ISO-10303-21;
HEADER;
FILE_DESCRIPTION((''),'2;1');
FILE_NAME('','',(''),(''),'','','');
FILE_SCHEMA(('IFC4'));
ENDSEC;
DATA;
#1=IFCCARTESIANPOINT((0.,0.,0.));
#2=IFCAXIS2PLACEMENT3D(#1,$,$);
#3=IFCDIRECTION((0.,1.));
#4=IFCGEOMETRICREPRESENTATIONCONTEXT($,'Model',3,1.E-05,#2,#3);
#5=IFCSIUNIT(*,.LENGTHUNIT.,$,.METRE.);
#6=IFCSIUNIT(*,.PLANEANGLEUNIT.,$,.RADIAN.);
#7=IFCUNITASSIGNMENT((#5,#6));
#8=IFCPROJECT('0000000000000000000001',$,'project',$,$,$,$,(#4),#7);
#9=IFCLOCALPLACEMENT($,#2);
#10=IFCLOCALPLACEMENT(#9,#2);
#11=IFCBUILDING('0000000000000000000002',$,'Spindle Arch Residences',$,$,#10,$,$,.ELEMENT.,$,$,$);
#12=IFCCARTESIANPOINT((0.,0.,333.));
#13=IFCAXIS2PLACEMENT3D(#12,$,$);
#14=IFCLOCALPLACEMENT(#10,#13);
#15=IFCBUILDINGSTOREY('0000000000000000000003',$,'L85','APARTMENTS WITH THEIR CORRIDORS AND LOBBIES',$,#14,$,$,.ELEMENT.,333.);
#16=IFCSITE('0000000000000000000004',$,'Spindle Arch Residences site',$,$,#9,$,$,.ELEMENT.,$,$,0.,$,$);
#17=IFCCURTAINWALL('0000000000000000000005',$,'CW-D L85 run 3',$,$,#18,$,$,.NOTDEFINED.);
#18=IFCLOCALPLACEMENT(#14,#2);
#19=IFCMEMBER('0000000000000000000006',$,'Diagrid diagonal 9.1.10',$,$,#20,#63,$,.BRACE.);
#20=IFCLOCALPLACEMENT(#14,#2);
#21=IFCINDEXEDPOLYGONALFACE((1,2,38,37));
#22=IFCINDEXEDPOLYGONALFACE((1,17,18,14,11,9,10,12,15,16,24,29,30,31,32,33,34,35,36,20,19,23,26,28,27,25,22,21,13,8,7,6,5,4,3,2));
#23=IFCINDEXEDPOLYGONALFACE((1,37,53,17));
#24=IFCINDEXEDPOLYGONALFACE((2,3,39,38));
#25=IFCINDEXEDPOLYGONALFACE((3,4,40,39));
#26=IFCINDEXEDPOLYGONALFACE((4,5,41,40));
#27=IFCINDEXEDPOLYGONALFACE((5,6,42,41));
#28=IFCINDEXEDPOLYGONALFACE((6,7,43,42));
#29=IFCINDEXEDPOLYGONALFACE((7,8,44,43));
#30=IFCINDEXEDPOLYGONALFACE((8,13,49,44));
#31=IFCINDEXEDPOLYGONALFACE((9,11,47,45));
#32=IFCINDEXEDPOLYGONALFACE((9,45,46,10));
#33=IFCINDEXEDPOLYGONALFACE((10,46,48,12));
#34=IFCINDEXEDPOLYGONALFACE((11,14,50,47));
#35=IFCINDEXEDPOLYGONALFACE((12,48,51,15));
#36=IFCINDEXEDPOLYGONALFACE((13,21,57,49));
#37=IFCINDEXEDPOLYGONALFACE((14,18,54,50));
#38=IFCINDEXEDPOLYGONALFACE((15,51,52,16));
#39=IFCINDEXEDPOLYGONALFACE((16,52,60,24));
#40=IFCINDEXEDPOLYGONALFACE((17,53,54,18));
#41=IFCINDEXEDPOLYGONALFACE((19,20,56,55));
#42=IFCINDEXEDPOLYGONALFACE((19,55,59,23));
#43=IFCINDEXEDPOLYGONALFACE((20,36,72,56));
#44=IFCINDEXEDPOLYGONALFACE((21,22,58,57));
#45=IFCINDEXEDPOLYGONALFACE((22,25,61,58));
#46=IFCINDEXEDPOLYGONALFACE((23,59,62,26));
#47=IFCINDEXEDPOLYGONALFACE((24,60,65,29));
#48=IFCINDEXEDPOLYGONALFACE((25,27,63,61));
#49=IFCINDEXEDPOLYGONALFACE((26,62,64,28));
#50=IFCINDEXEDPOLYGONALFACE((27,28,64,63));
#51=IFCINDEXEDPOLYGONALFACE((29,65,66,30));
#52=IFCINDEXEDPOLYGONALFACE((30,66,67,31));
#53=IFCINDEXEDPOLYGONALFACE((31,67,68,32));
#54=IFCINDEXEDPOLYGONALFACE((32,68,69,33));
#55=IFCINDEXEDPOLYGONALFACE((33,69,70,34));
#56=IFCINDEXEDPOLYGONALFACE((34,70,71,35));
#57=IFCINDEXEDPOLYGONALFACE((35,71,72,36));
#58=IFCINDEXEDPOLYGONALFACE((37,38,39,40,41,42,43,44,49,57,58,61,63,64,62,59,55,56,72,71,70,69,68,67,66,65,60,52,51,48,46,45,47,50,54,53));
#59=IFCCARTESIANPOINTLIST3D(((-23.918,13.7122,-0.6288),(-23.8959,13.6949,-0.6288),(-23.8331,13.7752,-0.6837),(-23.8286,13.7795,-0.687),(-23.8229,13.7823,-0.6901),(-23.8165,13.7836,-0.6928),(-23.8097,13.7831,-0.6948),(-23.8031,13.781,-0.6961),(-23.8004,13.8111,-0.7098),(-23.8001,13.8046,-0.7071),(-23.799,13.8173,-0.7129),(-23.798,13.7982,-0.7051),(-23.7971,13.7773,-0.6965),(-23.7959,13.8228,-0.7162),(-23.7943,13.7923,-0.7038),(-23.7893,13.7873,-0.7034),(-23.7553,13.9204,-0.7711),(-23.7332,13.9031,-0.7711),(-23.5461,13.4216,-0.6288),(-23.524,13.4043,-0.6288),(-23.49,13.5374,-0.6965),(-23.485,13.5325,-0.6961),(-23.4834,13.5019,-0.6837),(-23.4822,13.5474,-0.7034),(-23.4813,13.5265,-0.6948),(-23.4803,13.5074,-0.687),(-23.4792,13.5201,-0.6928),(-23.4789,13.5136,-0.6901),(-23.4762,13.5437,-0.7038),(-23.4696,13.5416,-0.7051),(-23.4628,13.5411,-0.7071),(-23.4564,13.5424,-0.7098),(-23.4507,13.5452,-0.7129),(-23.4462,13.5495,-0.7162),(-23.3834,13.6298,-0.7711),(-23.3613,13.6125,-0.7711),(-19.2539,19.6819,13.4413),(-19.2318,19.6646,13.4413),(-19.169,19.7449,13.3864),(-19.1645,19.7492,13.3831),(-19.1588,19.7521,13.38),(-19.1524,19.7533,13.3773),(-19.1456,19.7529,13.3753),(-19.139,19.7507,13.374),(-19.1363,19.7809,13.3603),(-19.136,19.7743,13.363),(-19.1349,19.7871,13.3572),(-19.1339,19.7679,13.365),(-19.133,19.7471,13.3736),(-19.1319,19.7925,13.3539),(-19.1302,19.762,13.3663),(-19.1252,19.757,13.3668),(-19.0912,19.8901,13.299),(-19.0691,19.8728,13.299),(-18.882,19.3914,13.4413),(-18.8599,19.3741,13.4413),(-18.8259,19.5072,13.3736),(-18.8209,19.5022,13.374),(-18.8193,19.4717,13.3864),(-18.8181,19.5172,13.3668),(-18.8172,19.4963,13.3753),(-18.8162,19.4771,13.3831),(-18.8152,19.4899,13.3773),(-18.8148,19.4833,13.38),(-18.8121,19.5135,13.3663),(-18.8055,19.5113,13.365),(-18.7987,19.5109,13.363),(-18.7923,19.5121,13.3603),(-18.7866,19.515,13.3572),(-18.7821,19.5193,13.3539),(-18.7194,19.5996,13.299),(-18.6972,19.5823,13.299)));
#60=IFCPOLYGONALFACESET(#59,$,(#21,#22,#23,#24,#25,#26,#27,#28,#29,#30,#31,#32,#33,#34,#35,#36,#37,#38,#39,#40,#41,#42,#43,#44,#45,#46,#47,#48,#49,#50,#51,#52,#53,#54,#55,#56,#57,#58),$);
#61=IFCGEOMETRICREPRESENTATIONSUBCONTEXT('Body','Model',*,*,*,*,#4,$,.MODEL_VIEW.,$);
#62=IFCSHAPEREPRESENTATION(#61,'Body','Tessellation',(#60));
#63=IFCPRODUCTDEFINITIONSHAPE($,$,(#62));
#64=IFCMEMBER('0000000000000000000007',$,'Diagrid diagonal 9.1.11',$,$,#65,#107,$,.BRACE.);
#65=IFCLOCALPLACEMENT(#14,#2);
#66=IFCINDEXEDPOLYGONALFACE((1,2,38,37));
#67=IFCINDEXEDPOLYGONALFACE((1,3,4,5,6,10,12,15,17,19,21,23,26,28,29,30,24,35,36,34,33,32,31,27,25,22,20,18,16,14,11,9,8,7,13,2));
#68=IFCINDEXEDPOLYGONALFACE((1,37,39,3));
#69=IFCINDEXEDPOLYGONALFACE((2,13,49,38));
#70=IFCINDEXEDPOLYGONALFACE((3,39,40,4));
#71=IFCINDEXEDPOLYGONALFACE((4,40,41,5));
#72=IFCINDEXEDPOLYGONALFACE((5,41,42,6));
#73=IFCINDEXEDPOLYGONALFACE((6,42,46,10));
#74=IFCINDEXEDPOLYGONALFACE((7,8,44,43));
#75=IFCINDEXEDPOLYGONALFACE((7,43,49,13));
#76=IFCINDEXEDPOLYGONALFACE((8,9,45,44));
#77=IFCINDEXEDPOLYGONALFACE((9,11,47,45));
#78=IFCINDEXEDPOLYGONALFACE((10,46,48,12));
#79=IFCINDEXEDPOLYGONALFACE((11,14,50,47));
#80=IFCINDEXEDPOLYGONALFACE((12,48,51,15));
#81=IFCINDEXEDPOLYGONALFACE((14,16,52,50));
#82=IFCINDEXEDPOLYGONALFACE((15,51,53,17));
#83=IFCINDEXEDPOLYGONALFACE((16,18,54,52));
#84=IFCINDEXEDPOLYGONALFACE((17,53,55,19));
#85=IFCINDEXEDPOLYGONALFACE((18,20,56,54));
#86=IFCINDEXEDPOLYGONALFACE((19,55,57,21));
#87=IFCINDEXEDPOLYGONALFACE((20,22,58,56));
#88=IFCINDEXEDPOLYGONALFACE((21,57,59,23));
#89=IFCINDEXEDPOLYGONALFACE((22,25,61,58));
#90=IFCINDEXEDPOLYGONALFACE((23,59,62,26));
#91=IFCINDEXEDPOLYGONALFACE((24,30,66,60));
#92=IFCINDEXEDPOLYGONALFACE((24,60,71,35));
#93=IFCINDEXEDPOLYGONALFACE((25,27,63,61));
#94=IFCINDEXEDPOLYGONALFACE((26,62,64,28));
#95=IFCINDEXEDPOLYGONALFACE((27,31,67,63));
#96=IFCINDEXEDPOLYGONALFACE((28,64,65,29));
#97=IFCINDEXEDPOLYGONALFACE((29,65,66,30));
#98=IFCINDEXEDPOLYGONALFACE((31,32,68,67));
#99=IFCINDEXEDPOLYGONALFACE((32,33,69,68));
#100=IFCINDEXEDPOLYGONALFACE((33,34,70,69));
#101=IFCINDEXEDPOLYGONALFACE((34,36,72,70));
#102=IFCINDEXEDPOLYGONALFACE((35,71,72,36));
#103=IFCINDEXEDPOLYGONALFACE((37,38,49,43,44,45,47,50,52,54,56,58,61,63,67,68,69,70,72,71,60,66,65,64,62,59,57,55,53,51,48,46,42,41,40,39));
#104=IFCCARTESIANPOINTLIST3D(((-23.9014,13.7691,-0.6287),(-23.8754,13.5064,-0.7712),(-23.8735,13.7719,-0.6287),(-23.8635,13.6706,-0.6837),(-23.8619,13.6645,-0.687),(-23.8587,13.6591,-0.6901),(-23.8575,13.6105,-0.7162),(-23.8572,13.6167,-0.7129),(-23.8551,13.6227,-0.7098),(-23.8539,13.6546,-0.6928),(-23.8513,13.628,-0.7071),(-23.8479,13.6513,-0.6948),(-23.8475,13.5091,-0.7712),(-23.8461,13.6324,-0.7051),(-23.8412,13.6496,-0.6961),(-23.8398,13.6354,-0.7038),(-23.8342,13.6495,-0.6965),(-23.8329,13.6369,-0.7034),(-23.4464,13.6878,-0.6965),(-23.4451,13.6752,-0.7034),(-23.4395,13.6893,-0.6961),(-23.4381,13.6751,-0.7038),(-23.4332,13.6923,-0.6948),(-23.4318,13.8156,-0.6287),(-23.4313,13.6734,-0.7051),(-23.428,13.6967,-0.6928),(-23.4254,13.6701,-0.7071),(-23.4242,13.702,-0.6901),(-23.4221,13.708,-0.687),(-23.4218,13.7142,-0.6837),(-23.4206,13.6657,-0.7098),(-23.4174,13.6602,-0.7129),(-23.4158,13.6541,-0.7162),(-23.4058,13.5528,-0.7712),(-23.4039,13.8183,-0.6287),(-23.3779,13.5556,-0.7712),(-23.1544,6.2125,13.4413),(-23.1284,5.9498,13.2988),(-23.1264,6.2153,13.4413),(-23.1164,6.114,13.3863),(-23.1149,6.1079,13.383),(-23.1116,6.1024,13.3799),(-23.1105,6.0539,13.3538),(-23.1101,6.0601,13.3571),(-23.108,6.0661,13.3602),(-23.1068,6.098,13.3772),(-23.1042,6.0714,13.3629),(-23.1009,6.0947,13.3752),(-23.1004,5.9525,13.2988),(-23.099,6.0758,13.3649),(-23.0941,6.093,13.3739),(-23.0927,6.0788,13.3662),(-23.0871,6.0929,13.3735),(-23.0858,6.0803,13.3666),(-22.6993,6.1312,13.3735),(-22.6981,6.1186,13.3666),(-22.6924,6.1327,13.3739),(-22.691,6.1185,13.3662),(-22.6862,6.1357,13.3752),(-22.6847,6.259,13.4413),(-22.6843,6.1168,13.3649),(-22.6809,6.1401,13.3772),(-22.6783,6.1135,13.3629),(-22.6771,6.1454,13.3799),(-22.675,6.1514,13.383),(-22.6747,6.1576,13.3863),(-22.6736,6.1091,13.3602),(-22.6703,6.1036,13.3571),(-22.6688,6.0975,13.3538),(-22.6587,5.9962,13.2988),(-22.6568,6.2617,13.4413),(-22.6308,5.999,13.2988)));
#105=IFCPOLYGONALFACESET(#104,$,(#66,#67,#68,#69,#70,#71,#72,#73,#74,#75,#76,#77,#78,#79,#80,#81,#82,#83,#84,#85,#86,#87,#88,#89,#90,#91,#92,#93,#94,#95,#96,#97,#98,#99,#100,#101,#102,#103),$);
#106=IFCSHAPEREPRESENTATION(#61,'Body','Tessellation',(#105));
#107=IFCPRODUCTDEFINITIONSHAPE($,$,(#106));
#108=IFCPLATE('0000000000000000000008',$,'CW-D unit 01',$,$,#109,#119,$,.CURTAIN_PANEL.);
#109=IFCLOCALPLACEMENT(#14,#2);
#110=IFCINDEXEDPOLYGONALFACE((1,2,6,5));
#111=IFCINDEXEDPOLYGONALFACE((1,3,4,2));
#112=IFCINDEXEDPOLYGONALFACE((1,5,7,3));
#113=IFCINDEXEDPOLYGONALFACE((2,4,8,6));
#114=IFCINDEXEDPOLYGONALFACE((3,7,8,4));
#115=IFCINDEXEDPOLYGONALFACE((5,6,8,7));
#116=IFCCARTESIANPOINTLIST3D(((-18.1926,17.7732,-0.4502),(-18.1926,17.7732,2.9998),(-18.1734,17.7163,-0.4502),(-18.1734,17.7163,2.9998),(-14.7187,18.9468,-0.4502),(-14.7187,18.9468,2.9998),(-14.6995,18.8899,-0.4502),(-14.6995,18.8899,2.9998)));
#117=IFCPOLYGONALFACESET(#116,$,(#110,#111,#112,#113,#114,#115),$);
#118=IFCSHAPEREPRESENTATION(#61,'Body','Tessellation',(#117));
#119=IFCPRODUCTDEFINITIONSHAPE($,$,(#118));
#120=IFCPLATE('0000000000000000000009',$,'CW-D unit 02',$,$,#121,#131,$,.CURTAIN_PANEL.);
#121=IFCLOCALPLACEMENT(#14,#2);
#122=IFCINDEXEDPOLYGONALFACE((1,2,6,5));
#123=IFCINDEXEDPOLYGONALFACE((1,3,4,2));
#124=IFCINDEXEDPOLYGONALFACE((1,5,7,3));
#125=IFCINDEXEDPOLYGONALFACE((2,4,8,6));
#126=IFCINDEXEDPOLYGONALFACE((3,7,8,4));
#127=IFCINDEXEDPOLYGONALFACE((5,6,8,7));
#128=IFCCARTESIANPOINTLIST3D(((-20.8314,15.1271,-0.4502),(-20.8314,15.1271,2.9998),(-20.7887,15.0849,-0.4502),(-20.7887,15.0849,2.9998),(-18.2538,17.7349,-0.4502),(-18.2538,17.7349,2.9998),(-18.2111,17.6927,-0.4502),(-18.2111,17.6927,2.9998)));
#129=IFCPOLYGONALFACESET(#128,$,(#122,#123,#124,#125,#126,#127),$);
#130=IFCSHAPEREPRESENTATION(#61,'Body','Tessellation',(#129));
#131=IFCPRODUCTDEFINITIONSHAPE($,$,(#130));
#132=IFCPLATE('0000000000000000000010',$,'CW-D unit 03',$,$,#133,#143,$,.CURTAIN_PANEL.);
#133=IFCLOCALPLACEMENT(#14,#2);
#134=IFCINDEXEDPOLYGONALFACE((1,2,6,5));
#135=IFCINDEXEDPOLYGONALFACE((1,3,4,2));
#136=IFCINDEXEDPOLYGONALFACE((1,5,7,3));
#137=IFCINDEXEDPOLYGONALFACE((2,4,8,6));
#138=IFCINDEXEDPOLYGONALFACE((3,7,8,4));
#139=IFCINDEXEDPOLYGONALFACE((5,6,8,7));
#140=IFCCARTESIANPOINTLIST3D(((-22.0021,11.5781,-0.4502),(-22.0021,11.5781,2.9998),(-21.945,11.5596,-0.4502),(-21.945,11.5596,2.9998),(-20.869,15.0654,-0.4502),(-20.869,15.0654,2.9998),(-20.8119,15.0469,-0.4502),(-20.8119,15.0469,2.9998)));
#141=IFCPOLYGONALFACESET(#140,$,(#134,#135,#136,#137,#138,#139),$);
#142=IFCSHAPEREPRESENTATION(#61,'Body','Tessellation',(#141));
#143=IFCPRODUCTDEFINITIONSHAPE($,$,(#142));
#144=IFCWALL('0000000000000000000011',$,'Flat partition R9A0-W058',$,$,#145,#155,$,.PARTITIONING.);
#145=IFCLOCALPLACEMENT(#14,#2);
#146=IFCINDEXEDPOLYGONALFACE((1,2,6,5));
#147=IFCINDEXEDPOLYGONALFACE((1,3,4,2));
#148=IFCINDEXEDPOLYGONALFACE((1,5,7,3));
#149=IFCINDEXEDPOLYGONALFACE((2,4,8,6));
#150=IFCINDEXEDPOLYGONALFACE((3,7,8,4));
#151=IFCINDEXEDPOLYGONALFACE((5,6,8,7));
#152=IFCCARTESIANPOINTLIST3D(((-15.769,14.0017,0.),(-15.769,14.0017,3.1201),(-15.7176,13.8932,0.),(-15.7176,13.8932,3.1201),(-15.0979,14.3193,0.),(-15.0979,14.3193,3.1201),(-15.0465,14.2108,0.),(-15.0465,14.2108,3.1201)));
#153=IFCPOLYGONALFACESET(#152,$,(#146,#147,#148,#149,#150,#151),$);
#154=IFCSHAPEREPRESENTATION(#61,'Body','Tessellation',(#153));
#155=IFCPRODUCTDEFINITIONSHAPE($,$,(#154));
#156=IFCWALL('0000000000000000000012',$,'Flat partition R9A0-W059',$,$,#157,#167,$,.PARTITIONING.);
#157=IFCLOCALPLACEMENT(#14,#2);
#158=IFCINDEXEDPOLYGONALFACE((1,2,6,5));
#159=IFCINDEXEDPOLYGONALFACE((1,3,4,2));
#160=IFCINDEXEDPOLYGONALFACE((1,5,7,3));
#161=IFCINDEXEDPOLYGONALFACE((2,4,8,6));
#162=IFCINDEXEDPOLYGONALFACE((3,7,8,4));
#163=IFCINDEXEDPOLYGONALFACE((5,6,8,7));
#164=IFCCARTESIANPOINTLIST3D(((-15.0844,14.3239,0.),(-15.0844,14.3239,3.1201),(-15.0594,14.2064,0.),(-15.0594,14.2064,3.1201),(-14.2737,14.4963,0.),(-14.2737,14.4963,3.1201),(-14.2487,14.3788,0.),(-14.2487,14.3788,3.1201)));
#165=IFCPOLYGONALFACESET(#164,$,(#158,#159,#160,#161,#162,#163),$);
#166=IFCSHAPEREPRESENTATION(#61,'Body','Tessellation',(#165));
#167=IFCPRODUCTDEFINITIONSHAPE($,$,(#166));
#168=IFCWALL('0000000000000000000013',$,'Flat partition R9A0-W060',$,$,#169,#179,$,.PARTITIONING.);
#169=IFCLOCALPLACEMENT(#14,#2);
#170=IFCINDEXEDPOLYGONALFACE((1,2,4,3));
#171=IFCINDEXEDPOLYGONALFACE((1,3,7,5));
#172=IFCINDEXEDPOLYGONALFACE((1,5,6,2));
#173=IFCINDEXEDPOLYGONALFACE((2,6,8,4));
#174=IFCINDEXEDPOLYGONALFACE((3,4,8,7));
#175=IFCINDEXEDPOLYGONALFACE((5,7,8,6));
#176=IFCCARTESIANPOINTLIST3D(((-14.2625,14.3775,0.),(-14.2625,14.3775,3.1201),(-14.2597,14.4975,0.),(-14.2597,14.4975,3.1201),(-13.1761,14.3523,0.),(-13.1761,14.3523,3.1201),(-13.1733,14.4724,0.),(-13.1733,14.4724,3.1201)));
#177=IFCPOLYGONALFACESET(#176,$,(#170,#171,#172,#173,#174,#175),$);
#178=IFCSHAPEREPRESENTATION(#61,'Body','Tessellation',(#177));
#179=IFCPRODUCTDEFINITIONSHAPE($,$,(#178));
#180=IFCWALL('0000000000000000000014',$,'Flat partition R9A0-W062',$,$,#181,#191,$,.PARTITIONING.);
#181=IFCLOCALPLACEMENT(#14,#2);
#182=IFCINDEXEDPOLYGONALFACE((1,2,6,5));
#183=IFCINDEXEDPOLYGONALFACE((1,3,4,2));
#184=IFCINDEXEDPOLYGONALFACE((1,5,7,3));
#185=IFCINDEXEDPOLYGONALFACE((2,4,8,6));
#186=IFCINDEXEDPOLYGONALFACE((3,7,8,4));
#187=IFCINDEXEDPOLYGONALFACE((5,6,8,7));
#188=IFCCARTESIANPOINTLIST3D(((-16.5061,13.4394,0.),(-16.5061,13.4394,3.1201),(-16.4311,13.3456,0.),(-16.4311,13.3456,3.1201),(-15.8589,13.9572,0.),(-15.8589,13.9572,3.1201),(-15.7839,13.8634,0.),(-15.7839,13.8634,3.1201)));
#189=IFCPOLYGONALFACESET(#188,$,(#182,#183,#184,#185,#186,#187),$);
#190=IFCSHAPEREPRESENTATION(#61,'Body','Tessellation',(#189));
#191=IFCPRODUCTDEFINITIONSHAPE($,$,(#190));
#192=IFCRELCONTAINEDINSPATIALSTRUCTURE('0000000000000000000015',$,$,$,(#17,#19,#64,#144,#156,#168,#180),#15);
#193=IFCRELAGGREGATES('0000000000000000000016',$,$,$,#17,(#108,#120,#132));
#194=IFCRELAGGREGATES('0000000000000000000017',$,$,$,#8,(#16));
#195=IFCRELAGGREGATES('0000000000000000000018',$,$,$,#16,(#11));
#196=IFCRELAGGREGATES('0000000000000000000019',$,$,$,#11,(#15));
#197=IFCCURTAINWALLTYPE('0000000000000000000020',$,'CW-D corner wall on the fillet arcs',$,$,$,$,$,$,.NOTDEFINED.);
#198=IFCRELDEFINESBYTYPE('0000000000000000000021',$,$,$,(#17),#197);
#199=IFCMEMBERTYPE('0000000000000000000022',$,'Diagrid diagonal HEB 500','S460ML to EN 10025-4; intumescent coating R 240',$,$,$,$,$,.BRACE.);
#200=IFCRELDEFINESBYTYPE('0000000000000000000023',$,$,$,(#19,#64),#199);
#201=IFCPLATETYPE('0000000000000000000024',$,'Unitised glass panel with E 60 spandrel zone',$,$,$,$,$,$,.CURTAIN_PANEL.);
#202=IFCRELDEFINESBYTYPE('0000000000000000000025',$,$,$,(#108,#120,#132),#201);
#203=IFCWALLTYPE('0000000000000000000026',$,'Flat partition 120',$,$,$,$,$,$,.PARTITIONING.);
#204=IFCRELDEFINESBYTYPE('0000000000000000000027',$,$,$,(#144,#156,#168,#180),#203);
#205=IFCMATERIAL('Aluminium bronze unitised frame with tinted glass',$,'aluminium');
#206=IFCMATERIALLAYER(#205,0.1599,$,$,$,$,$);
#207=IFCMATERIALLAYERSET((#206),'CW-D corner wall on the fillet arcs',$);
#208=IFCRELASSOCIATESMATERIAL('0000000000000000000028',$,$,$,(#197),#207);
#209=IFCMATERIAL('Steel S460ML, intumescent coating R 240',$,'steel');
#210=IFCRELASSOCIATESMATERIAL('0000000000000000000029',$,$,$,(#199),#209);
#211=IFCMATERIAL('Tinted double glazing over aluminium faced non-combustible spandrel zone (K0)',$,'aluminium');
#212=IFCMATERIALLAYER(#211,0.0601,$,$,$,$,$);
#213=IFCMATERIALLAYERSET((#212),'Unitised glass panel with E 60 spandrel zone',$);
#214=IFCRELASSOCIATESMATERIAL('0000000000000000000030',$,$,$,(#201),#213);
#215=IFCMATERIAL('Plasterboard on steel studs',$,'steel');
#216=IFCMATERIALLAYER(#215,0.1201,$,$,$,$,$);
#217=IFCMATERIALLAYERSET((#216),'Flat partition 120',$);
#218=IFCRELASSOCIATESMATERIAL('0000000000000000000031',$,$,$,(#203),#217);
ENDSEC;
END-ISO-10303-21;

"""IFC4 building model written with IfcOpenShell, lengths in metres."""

from ifc_helpers import new_model, si_unit, direction, frame, frame_2d, origin, origin_2d, place, context, subcontext, project, spatial, rectangle, i_section, extrude, material, layer, layer_set, material_profile, profile_set, type_object, element, aggregate, save


model = new_model("IFC4")

# Units and contexts
model_context = context("Model", 3, precision=1e-05, world=origin(), true_north=direction((0.0, 1.0)))
body_context = subcontext(model_context, "Body", "Model", "MODEL_VIEW")
ifc_project = project(units=[si_unit("LENGTHUNIT", "METRE"), si_unit("PLANEANGLEUNIT", "RADIAN")], contexts=[model_context])

# Site, building, storey
site_placement = place(None, origin())
site = spatial("IfcSite", under=ifc_project, at=site_placement, Name="Spindle Arch Residences site", CompositionType="ELEMENT", RefElevation=0.0)
building_placement = place(site_placement, origin())
building = spatial("IfcBuilding", under=site, at=building_placement, Name="Spindle Arch Residences", CompositionType="ELEMENT")
storey_placement = place(building_placement, frame((0.0, 0.0, 333.0)))
storey = spatial("IfcBuildingStorey", under=building, at=storey_placement, Name="L85", Description="APARTMENTS WITH THEIR CORRIDORS AND LOBBIES", CompositionType="ELEMENT", Elevation=333.0)

# Curtain wall
ifc_material_1 = material(Name="Aluminium bronze unitised frame with tinted glass", Category="aluminium")
ifc_layer_1 = layer(ifc_material_1, 0.1599)
ifc_layer_set_1 = layer_set([ifc_layer_1], Name="CW-D corner wall on the fillet arcs")
curtain_wall_type = type_object("IfcCurtainWallType", Name="CW-D corner wall on the fillet arcs", PredefinedType="NOTDEFINED", material=ifc_layer_set_1)
curtain_wall_placement = place(storey_placement, origin())
curtain_wall = element("IfcCurtainWall", 1, at=curtain_wall_placement, inside=storey, type_object=curtain_wall_type, Name="CW-D L85 run 3", PredefinedType="NOTDEFINED")

# Members
ifc_material_2 = material(Name="Steel S460ML, intumescent coating R 240", Category="steel")
ifc_material_profile_1 = material_profile(ifc_material_2, i_section(OverallWidth=0.3, OverallDepth=0.5, WebThickness=0.0144, FlangeThickness=0.0281, FilletRadius=0.0271, at=origin_2d()), Name="HEB 500")
ifc_profile_set_1 = profile_set([ifc_material_profile_1], Name="Steel S460ML, intumescent coating R 240")
member_type_1 = type_object("IfcMemberType", Name="Diagrid diagonal HEB 500", Description="S460ML to EN 10025-4; intumescent coating R 240", PredefinedType="BRACE", material=ifc_profile_set_1)
member_1_placement = place(storey_placement, frame((-23.6396, 13.6624, -0.7), z_axis=(0.29187, 0.373577, 0.880484), x_axis=(-0.54208, -0.693831, 0.474076)))
element("IfcMember", 2, at=member_1_placement, inside=storey, type_object=member_type_1, Name="Diagrid diagonal 9.1.10", PredefinedType="BRACE", context=body_context, shape_type="SweptSolid", body=[
    extrude(i_section(OverallWidth=0.3, OverallDepth=0.5, WebThickness=0.0144, FlangeThickness=0.0281, FilletRadius=0.0271, at=origin_2d()), origin(), (0.0, 0.0, 1.0), 15.98),
])
member_2_placement = place(storey_placement, frame((-23.6396, 13.6624, -0.7), z_axis=(0.046726, -0.472634, 0.880019), x_axis=(-0.086579, 0.87575, 0.474938)))
element("IfcMember", 3, at=member_2_placement, inside=storey, type_object=member_type_1, Name="Diagrid diagonal 9.1.11", PredefinedType="BRACE", context=body_context, shape_type="SweptSolid", body=[
    extrude(i_section(OverallWidth=0.3, OverallDepth=0.5, WebThickness=0.0144, FlangeThickness=0.0281, FilletRadius=0.0271, at=origin_2d()), origin(), (0.0, 0.0, 1.0), 15.9883),
])

# Plates
ifc_material_3 = material(Name="Tinted double glazing over aluminium faced non-combustible spandrel zone (K0)", Category="aluminium")
ifc_layer_2 = layer(ifc_material_3, 0.0601)
ifc_layer_set_2 = layer_set([ifc_layer_2], Name="Unitised glass panel with E 60 spandrel zone")
plate_type = type_object("IfcPlateType", Name="Unitised glass panel with E 60 spandrel zone", PredefinedType="CURTAIN_PANEL", material=ifc_layer_set_2)
plate_1_placement = place(storey_placement, frame((-16.446, 18.3315, -0.4502), z_axis=(0.0, 0.0, 1.0), x_axis=(-0.947397, -0.320062, 0.0)))
plate_1 = element("IfcPlate", 4, at=plate_1_placement, type_object=plate_type, Name="CW-D unit 01", PredefinedType="CURTAIN_PANEL", context=body_context, shape_type="SweptSolid", body=[
    extrude(rectangle(XDim=3.6667, YDim=0.0601, at=origin_2d()), origin(), (0.0, 0.0, 1.0), 3.45),
])
plate_2_placement = place(storey_placement, frame((-19.5212, 16.4099, -0.4502), z_axis=(0.0, 0.0, 1.0), x_axis=(-0.702981, -0.711209, 0.0)))
plate_2 = element("IfcPlate", 5, at=plate_2_placement, type_object=plate_type, Name="CW-D unit 02", PredefinedType="CURTAIN_PANEL", context=body_context, shape_type="SweptSolid", body=[
    extrude(rectangle(XDim=3.6667, YDim=0.0601, at=origin_2d()), origin(), (0.0, 0.0, 1.0), 3.45),
])
plate_3_placement = place(storey_placement, frame((-21.407, 13.3125, -0.4502), z_axis=(0.0, 0.0, 1.0), x_axis=(-0.309017, -0.951057, 0.0)))
plate_3 = element("IfcPlate", 6, at=plate_3_placement, type_object=plate_type, Name="CW-D unit 03", PredefinedType="CURTAIN_PANEL", context=body_context, shape_type="SweptSolid", body=[
    extrude(rectangle(XDim=3.6667, YDim=0.0601, at=origin_2d()), origin(), (0.0, 0.0, 1.0), 3.45),
])
aggregate(curtain_wall, [plate_1, plate_2, plate_3])

# Walls
ifc_material_4 = material(Name="Plasterboard on steel studs", Category="steel")
ifc_layer_3 = layer(ifc_material_4, 0.1201)
ifc_layer_set_3 = layer_set([ifc_layer_3], Name="Flat partition 120")
wall_type_1 = type_object("IfcWallType", Name="Flat partition 120", PredefinedType="PARTITIONING", material=ifc_layer_set_3)
wall_1_placement = place(storey_placement, frame((-15.7432, 13.9475, 0.0), z_axis=(0.0, 0.0, 1.0), x_axis=(0.903885, 0.427775, 0.0)))
element("IfcWall", 7, at=wall_1_placement, inside=storey, type_object=wall_type_1, Name="Flat partition R9A0-W058", PredefinedType="PARTITIONING", context=body_context, shape_type="SweptSolid", body=[
    extrude(rectangle(XDim=0.7424, YDim=0.1201, at=frame_2d((0.3711, 0.0))), origin(), (0.0, 0.0, 1.0), 3.1201),
])
wall_2_placement = place(storey_placement, frame((-15.072, 14.2651, 0.0), z_axis=(0.0, 0.0, 1.0), x_axis=(0.978142, 0.20794, 0.0)))
element("IfcWall", 8, at=wall_2_placement, inside=storey, type_object=wall_type_1, Name="Flat partition R9A0-W059", PredefinedType="PARTITIONING", context=body_context, shape_type="SweptSolid", body=[
    extrude(rectangle(XDim=0.8289, YDim=0.1201, at=frame_2d((0.4146, 0.0))), origin(), (0.0, 0.0, 1.0), 3.1201),
])
wall_3_placement = place(storey_placement, frame((-14.2612, 14.4375, 0.0), z_axis=(0.0, 0.0, 1.0), x_axis=(0.999732, -0.02314, 0.0)))
element("IfcWall", 9, at=wall_3_placement, inside=storey, type_object=wall_type_1, Name="Flat partition R9A0-W060", PredefinedType="PARTITIONING", context=body_context, shape_type="SweptSolid", body=[
    extrude(rectangle(XDim=1.0867, YDim=0.1201, at=frame_2d((0.5435, 0.0))), origin(), (0.0, 0.0, 1.0), 3.1201),
])
wall_4_placement = place(storey_placement, frame((-15.8213, 13.9104, 0.0), z_axis=(0.0, 0.0, 1.0), x_axis=(-0.78084, -0.624731, 0.0)))
element("IfcWall", 10, at=wall_4_placement, inside=storey, type_object=wall_type_1, Name="Flat partition R9A0-W062", PredefinedType="PARTITIONING", context=body_context, shape_type="SweptSolid", body=[
    extrude(rectangle(XDim=0.8289, YDim=0.1201, at=frame_2d((0.4146, 0.0))), origin(), (0.0, 0.0, 1.0), 3.1201),
])

save(model, "model.ifc")
